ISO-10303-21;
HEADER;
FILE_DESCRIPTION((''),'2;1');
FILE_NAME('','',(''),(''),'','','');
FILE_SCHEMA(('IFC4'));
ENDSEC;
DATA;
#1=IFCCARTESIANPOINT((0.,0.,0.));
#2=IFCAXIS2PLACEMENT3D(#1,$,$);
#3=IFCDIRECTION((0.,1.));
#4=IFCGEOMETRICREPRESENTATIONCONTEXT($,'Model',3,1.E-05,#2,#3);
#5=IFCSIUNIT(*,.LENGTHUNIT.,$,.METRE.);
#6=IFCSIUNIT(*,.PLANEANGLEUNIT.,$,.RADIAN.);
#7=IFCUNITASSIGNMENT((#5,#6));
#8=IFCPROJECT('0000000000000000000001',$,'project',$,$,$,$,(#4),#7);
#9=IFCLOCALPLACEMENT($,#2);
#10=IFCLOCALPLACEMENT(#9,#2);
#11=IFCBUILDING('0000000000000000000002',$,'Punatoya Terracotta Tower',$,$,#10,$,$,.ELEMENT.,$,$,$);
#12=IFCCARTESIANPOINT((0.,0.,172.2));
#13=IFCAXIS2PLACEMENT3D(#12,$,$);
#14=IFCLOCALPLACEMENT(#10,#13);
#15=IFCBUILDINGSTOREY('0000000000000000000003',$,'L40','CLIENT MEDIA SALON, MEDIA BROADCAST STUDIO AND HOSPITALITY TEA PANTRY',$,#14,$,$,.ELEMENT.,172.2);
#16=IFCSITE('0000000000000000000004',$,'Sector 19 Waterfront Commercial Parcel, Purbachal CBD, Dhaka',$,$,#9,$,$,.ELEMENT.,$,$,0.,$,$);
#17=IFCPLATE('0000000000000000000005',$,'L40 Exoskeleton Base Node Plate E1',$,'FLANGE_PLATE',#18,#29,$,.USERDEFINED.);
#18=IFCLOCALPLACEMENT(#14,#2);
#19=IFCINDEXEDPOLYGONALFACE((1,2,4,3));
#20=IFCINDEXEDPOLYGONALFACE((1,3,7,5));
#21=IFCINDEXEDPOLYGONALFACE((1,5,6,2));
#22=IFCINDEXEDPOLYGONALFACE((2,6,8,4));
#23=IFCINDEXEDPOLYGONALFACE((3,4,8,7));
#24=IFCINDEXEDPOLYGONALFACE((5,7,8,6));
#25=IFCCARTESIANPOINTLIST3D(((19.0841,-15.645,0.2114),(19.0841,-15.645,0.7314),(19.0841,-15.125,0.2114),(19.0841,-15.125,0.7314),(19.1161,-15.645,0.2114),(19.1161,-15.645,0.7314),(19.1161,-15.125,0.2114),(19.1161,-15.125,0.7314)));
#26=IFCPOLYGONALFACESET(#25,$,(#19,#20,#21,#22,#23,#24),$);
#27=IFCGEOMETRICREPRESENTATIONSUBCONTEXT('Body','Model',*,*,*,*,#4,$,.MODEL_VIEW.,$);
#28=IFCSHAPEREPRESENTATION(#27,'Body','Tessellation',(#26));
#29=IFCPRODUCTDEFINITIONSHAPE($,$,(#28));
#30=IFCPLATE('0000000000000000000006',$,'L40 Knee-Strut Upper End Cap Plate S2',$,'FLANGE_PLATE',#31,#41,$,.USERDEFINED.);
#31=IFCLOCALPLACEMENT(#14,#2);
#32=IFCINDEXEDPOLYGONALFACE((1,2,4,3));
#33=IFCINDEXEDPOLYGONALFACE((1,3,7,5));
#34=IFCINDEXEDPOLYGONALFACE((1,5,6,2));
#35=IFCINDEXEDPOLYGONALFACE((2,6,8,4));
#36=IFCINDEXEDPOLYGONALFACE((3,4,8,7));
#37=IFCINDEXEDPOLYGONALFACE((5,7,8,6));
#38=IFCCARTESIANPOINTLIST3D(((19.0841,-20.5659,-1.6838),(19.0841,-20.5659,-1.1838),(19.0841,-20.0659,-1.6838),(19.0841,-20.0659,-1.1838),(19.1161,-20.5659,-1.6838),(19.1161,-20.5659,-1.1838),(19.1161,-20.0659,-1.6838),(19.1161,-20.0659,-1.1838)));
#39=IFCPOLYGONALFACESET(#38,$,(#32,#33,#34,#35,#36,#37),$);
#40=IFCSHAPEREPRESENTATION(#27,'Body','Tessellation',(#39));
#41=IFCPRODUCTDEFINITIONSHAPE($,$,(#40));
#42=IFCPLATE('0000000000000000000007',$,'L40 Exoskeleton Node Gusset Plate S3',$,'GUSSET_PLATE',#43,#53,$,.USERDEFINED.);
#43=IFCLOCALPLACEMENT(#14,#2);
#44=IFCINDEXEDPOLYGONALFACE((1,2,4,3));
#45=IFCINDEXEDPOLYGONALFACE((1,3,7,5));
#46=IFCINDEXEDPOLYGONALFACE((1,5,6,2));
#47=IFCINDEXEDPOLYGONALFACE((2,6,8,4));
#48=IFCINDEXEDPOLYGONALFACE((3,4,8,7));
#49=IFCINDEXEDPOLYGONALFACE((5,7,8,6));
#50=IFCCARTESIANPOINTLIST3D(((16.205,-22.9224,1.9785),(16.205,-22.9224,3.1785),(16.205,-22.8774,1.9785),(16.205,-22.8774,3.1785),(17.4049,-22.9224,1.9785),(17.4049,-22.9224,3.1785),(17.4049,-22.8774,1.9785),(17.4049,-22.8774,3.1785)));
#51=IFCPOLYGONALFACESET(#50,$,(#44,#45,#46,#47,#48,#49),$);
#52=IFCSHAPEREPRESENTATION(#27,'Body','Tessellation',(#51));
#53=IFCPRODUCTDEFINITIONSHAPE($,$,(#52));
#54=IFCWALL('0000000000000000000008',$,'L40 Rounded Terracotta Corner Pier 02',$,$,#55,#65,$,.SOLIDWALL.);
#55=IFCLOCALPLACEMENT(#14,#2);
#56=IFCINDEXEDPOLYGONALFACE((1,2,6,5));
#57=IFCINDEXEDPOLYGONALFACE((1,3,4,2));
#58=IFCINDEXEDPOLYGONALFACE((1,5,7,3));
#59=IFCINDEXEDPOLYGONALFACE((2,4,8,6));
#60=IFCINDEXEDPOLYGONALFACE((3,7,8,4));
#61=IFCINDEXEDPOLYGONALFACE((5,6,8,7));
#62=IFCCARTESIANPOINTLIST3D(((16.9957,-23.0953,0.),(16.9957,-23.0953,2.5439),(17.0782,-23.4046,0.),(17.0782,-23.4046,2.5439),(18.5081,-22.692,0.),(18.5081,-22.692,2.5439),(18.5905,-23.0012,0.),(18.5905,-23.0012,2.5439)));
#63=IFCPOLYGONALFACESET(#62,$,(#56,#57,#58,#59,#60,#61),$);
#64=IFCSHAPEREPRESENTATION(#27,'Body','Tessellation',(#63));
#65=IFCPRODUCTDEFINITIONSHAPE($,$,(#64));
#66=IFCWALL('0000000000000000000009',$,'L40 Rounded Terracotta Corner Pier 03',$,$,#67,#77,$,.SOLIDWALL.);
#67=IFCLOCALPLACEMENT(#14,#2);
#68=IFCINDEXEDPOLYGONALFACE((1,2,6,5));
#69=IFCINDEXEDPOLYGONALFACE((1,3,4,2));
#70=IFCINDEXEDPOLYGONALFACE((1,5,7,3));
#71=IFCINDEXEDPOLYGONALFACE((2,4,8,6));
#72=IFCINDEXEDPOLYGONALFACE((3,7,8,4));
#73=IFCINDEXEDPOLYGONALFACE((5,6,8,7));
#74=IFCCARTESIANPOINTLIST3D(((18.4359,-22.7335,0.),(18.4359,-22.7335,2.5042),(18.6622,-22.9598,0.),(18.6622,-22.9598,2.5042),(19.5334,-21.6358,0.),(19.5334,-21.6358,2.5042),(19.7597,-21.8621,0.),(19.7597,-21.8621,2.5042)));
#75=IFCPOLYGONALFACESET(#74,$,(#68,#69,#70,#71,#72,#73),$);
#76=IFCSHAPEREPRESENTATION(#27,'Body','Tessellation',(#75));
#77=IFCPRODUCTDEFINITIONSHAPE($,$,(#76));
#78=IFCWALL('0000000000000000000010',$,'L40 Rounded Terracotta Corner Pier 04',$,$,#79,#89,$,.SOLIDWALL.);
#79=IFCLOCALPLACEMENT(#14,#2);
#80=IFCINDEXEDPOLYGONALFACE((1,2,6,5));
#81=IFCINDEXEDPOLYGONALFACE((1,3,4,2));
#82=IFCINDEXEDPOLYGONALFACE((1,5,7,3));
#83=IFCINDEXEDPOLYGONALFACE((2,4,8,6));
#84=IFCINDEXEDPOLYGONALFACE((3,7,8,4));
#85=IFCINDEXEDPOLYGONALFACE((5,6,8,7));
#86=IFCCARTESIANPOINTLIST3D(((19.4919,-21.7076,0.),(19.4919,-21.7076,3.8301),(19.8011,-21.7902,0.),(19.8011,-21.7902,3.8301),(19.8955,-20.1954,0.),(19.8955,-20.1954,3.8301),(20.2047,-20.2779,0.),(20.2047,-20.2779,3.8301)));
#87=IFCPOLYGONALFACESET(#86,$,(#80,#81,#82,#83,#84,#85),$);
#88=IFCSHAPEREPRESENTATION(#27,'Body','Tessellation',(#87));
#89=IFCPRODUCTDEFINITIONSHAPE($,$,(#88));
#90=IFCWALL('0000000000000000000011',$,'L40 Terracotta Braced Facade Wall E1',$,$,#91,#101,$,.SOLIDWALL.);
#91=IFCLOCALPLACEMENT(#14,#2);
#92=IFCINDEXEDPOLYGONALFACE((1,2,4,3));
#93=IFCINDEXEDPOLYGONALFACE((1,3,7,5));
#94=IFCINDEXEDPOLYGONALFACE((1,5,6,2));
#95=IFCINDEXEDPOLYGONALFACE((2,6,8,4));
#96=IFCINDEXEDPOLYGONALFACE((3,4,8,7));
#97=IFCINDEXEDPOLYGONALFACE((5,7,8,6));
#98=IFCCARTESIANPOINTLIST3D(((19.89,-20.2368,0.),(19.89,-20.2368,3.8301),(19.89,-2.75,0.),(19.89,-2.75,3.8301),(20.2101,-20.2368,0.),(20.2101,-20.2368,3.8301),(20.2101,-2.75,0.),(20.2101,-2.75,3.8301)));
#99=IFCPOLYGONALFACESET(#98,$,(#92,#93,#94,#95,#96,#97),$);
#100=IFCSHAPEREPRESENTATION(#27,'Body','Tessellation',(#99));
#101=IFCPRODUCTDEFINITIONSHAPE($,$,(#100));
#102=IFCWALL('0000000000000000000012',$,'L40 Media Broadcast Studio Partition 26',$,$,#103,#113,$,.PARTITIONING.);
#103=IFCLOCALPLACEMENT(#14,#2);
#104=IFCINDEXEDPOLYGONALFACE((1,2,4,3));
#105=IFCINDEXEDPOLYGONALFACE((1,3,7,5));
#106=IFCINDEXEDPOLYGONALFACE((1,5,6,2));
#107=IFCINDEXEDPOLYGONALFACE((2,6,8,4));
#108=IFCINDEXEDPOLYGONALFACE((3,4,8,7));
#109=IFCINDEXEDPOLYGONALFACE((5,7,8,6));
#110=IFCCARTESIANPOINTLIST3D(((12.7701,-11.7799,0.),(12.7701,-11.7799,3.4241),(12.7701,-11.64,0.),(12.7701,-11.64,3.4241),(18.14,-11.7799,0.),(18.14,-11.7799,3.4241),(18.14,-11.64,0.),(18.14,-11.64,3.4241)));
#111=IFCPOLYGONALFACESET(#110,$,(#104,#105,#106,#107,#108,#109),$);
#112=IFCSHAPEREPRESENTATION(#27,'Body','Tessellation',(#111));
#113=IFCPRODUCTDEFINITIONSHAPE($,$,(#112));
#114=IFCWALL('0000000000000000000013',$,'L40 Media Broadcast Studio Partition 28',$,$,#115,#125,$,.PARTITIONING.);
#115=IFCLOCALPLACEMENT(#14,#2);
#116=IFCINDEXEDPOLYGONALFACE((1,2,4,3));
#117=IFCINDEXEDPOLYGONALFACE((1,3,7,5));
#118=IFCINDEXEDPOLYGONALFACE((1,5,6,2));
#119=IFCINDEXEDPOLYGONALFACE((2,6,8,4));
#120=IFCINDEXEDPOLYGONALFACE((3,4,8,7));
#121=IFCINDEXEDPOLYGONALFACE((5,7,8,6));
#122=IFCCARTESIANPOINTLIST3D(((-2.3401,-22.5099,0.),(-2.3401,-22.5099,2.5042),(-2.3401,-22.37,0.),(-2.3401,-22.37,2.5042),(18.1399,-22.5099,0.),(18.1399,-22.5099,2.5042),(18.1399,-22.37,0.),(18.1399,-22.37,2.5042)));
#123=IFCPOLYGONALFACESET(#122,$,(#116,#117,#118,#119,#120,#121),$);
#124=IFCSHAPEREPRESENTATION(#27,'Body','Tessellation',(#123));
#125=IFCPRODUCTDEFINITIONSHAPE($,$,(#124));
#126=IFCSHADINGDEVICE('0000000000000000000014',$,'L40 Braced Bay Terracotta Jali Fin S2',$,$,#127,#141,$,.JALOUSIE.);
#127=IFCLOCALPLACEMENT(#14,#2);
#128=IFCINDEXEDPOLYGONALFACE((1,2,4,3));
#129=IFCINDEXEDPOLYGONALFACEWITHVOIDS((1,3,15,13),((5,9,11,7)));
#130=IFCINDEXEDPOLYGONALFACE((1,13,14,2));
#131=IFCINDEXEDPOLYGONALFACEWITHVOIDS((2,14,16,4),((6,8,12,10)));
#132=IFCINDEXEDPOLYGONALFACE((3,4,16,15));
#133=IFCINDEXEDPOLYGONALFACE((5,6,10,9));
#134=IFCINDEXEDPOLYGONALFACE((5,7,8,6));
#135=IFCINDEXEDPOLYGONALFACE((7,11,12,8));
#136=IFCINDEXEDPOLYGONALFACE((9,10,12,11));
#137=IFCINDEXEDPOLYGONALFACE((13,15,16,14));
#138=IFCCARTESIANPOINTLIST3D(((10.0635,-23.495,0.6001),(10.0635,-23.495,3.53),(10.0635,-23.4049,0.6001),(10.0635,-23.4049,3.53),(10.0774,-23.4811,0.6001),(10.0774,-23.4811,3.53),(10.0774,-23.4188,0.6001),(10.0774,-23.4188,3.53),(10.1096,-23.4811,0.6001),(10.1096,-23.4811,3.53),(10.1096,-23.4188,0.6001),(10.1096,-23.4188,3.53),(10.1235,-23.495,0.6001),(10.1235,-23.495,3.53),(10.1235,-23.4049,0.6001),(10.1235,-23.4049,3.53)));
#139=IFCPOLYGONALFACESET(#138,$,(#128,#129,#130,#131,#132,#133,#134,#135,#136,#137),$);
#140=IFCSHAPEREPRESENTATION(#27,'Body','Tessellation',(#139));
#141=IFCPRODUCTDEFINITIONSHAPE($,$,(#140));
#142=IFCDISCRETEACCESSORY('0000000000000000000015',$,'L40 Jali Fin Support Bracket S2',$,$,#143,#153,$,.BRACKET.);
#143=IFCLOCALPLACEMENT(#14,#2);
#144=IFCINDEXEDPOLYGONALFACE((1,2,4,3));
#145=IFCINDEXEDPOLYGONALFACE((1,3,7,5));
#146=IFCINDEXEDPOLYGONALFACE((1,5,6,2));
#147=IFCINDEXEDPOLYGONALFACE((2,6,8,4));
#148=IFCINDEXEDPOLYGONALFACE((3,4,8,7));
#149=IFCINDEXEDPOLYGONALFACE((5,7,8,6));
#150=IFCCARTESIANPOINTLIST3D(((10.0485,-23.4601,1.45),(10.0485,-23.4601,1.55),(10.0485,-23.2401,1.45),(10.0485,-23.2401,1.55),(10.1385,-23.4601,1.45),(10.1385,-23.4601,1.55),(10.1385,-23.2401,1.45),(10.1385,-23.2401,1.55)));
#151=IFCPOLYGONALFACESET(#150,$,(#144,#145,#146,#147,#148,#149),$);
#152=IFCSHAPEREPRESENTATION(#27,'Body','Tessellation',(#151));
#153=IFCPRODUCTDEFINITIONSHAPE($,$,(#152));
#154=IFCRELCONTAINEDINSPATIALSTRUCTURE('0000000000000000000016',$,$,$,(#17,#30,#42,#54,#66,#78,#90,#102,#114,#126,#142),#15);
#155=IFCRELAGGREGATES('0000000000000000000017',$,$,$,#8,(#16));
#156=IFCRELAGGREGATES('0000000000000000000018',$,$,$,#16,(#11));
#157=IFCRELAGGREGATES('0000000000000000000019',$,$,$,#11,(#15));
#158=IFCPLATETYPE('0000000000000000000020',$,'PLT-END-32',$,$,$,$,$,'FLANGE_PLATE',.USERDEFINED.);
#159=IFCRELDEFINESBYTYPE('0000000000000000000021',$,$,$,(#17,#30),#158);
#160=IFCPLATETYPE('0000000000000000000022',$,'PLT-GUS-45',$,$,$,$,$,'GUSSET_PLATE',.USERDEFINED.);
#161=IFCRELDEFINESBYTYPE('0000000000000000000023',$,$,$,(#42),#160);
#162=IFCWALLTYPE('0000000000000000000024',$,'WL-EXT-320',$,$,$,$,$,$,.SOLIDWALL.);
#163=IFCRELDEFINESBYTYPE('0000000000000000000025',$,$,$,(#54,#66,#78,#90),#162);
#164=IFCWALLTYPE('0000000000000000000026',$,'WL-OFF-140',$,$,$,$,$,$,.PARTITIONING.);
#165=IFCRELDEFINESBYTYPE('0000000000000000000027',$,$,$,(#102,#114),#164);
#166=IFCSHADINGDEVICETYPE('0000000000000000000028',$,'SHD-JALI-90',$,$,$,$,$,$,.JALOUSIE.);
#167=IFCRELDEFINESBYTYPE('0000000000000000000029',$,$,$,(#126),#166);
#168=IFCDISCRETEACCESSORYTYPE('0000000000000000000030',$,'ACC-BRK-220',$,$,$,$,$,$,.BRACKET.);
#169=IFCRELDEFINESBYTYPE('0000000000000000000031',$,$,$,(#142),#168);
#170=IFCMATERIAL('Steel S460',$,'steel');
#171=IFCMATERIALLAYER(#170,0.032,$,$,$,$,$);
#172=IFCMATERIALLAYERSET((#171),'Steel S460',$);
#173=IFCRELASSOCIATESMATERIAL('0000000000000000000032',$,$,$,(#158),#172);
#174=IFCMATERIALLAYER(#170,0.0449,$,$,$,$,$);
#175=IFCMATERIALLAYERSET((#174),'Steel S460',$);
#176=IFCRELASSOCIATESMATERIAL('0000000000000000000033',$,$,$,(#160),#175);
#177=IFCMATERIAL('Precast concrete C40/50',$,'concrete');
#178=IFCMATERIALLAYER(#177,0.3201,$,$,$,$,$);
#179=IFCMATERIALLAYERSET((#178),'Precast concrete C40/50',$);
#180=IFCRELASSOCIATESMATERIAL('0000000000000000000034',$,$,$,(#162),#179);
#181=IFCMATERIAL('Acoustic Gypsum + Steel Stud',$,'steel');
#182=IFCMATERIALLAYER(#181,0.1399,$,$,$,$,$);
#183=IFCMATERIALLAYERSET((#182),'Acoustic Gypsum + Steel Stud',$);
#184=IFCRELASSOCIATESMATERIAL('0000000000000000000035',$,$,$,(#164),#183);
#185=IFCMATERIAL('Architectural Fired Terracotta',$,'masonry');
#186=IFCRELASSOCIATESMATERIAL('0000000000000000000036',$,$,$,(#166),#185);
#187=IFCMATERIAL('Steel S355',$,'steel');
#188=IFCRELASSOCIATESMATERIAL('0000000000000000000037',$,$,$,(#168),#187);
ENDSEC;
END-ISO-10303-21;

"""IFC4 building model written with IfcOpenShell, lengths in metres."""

from ifc_helpers import new_model, si_unit, direction, frame, frame_2d, origin, origin_2d, place, context, subcontext, project, spatial, rectangle, hollow_rectangle, extrude, material, layer, layer_set, material_profile, profile_set, type_object, element, save


model = new_model("IFC4")

# Units and contexts
model_context = context("Model", 3, precision=1e-05, world=origin(), true_north=direction((0.0, 1.0)))
body_context = subcontext(model_context, "Body", "Model", "MODEL_VIEW")
ifc_project = project(units=[si_unit("LENGTHUNIT", "METRE"), si_unit("PLANEANGLEUNIT", "RADIAN")], contexts=[model_context])

# Site, building, storey
site_placement = place(None, origin())
site = spatial("IfcSite", under=ifc_project, at=site_placement, Name="Sector 19 Waterfront Commercial Parcel, Purbachal CBD, Dhaka", CompositionType="ELEMENT", RefElevation=0.0)
building_placement = place(site_placement, origin())
building = spatial("IfcBuilding", under=site, at=building_placement, Name="Punatoya Terracotta Tower", CompositionType="ELEMENT")
storey_placement = place(building_placement, frame((0.0, 0.0, 172.2)))
storey = spatial("IfcBuildingStorey", under=building, at=storey_placement, Name="L40", Description="CLIENT MEDIA SALON, MEDIA BROADCAST STUDIO AND HOSPITALITY TEA PANTRY", CompositionType="ELEMENT", Elevation=172.2)

# Shared definitions
ifc_material_1 = material(Name="Steel S460", Category="steel")

# Shared definitions
ifc_material_2 = material(Name="Steel S355", Category="steel")

# Plates
ifc_layer_1 = layer(ifc_material_1, 0.032)
ifc_layer_set_1 = layer_set([ifc_layer_1], Name="Steel S460")
plate_type_1 = type_object("IfcPlateType", Name="PLT-END-32", ElementType="FLANGE_PLATE", PredefinedType="USERDEFINED", material=ifc_layer_set_1)
for number, where, z_axis, x_axis, name in (
    (1, (19.1001, -15.385, 0.2114), (0.0, 0.0, 1.0), (0.0, 1.0, 0.0), "L40 Exoskeleton Base Node Plate E1"),
):
    element("IfcPlate", number, at=place(storey_placement, frame(where, z_axis=z_axis, x_axis=x_axis)), inside=storey, type_object=plate_type_1, Name=name, ObjectType="FLANGE_PLATE", PredefinedType="USERDEFINED", context=body_context, shape_type="SweptSolid", body=[
        extrude(rectangle(XDim=0.52, YDim=0.032, at=origin_2d()), origin(), (0.0, 0.0, 1.0), 0.52),
    ])
plate_1_placement = place(storey_placement, frame((19.1001, -20.3159, -1.6838), z_axis=(0.0, 0.0, 1.0), x_axis=(0.0, 1.0, 0.0)))
element("IfcPlate", 2, at=plate_1_placement, inside=storey, type_object=plate_type_1, Name="L40 Knee-Strut Upper End Cap Plate S2", ObjectType="FLANGE_PLATE", PredefinedType="USERDEFINED", context=body_context, shape_type="SweptSolid", body=[
    extrude(rectangle(XDim=0.5, YDim=0.032, at=origin_2d()), origin(), (0.0, 0.0, 1.0), 0.5),
])
ifc_layer_2 = layer(ifc_material_1, 0.0449)
ifc_layer_set_2 = layer_set([ifc_layer_2], Name="Steel S460")
plate_type_2 = type_object("IfcPlateType", Name="PLT-GUS-45", ElementType="GUSSET_PLATE", PredefinedType="USERDEFINED", material=ifc_layer_set_2)
plate_2_placement = place(storey_placement, frame((16.8049, -22.8999, 1.9785), z_axis=(0.0, 0.0, 1.0), x_axis=(1.0, 0.0, 0.0)))
element("IfcPlate", 3, at=plate_2_placement, inside=storey, type_object=plate_type_2, Name="L40 Exoskeleton Node Gusset Plate S3", ObjectType="GUSSET_PLATE", PredefinedType="USERDEFINED", context=body_context, shape_type="SweptSolid", body=[
    extrude(rectangle(XDim=1.2, YDim=0.0449, at=origin_2d()), origin(), (0.0, 0.0, 1.0), 1.2),
])

# Walls
ifc_material_3 = material(Name="Precast concrete C40/50", Category="concrete")
ifc_layer_3 = layer(ifc_material_3, 0.3201)
ifc_layer_set_3 = layer_set([ifc_layer_3], Name="Precast concrete C40/50")
wall_type_1 = type_object("IfcWallType", Name="WL-EXT-320", PredefinedType="SOLIDWALL", material=ifc_layer_set_3)
wall_1_placement = place(storey_placement, frame((17.0369, -23.25, 0.0), z_axis=(0.0, 0.0, 1.0), x_axis=(0.966225, 0.257701, 0.0)))
element("IfcWall", 4, at=wall_1_placement, inside=storey, type_object=wall_type_1, Name="L40 Rounded Terracotta Corner Pier 02", PredefinedType="SOLIDWALL", context=body_context, shape_type="SweptSolid", body=[
    extrude(rectangle(XDim=1.5652, YDim=0.3201, at=frame_2d((0.7827, 0.0))), origin(), (0.0, 0.0, 1.0), 2.5439),
])
wall_2_placement = place(storey_placement, frame((18.5491, -22.8467, 0.0), z_axis=(0.0, 0.0, 1.0), x_axis=(0.707028, 0.707185, 0.0)))
element("IfcWall", 5, at=wall_2_placement, inside=storey, type_object=wall_type_1, Name="L40 Rounded Terracotta Corner Pier 03", PredefinedType="SOLIDWALL", context=body_context, shape_type="SweptSolid", body=[
    extrude(rectangle(XDim=1.5522, YDim=0.3201, at=frame_2d((0.7761, 0.0))), origin(), (0.0, 0.0, 1.0), 2.5042),
])
wall_3_placement = place(storey_placement, frame((19.6465, -21.749, 0.0), z_axis=(0.0, 0.0, 1.0), x_axis=(0.257847, 0.966186, 0.0)))
element("IfcWall", 6, at=wall_3_placement, inside=storey, type_object=wall_type_1, Name="L40 Rounded Terracotta Corner Pier 04", PredefinedType="SOLIDWALL", context=body_context, shape_type="SweptSolid", body=[
    extrude(rectangle(XDim=1.5652, YDim=0.3201, at=frame_2d((0.7827, 0.0))), origin(), (0.0, 0.0, 1.0), 3.8301),
])
wall_4_placement = place(storey_placement, frame((20.05, -20.2368, 0.0), z_axis=(0.0, 0.0, 1.0), x_axis=(0.0, 1.0, 0.0)))
element("IfcWall", 7, at=wall_4_placement, inside=storey, type_object=wall_type_1, Name="L40 Terracotta Braced Facade Wall E1", PredefinedType="SOLIDWALL", context=body_context, shape_type="SweptSolid", body=[
    extrude(rectangle(XDim=17.4868, YDim=0.3201, at=frame_2d((8.7434, 0.0))), origin(), (0.0, 0.0, 1.0), 3.8301),
])
ifc_material_4 = material(Name="Acoustic Gypsum + Steel Stud", Category="steel")
ifc_layer_4 = layer(ifc_material_4, 0.1399)
ifc_layer_set_4 = layer_set([ifc_layer_4], Name="Acoustic Gypsum + Steel Stud")
wall_type_2 = type_object("IfcWallType", Name="WL-OFF-140", PredefinedType="PARTITIONING", material=ifc_layer_set_4)
wall_5_placement = place(storey_placement, frame((12.77, -11.71, 0.0), z_axis=(0.0, 0.0, 1.0), x_axis=(1.0, 0.0, 0.0)))
element("IfcWall", 8, at=wall_5_placement, inside=storey, type_object=wall_type_2, Name="L40 Media Broadcast Studio Partition 26", PredefinedType="PARTITIONING", context=body_context, shape_type="SweptSolid", body=[
    extrude(rectangle(XDim=5.3699, YDim=0.1399, at=frame_2d((2.6851, 0.0))), origin(), (0.0, 0.0, 1.0), 3.4241),
])
wall_6_placement = place(storey_placement, frame((18.1399, -22.4399, 0.0), z_axis=(0.0, 0.0, 1.0), x_axis=(-1.0, 0.0, 0.0)))
element("IfcWall", 9, at=wall_6_placement, inside=storey, type_object=wall_type_2, Name="L40 Media Broadcast Studio Partition 28", PredefinedType="PARTITIONING", context=body_context, shape_type="SweptSolid", body=[
    extrude(rectangle(XDim=20.48, YDim=0.1399, at=frame_2d((10.24, 0.0))), origin(), (0.0, 0.0, 1.0), 2.5042),
])

# Shading device
ifc_material_5 = material(Name="Architectural Fired Terracotta", Category="masonry")
ifc_material_profile_1 = material_profile(ifc_material_5, hollow_rectangle(XDim=0.0601, YDim=0.0901, WallThickness=0.0139, at=origin_2d()))
ifc_profile_set_1 = profile_set([ifc_material_profile_1], Name="Architectural Fired Terracotta")
shading_device_type = type_object("IfcShadingDeviceType", Name="SHD-JALI-90", PredefinedType="JALOUSIE", material=ifc_profile_set_1)
shading_device_placement = place(storey_placement, frame((10.0935, -23.45, 0.6001), z_axis=(0.0, 0.0, 1.0), x_axis=(1.0, 0.0, 0.0)))
element("IfcShadingDevice", 10, at=shading_device_placement, inside=storey, type_object=shading_device_type, Name="L40 Braced Bay Terracotta Jali Fin S2", PredefinedType="JALOUSIE", context=body_context, shape_type="SweptSolid", body=[
    extrude(hollow_rectangle(XDim=0.0601, YDim=0.0901, WallThickness=0.0139, at=origin_2d()), origin(), (0.0, 0.0, 1.0), 2.9299),
])

# Discrete accessory
discrete_accessory_type = type_object("IfcDiscreteAccessoryType", Name="ACC-BRK-220", PredefinedType="BRACKET", material=ifc_material_2)
discrete_accessory_placement = place(storey_placement, frame((10.0935, -23.3501, 1.45), z_axis=(0.0, 0.0, 1.0), x_axis=(1.0, 0.0, 0.0)))
element("IfcDiscreteAccessory", 11, at=discrete_accessory_placement, inside=storey, type_object=discrete_accessory_type, Name="L40 Jali Fin Support Bracket S2", PredefinedType="BRACKET", context=body_context, shape_type="SweptSolid", body=[
    extrude(rectangle(XDim=0.0901, YDim=0.22, at=origin_2d()), origin(), (0.0, 0.0, 1.0), 0.1001),
])

save(model, "model.ifc")
